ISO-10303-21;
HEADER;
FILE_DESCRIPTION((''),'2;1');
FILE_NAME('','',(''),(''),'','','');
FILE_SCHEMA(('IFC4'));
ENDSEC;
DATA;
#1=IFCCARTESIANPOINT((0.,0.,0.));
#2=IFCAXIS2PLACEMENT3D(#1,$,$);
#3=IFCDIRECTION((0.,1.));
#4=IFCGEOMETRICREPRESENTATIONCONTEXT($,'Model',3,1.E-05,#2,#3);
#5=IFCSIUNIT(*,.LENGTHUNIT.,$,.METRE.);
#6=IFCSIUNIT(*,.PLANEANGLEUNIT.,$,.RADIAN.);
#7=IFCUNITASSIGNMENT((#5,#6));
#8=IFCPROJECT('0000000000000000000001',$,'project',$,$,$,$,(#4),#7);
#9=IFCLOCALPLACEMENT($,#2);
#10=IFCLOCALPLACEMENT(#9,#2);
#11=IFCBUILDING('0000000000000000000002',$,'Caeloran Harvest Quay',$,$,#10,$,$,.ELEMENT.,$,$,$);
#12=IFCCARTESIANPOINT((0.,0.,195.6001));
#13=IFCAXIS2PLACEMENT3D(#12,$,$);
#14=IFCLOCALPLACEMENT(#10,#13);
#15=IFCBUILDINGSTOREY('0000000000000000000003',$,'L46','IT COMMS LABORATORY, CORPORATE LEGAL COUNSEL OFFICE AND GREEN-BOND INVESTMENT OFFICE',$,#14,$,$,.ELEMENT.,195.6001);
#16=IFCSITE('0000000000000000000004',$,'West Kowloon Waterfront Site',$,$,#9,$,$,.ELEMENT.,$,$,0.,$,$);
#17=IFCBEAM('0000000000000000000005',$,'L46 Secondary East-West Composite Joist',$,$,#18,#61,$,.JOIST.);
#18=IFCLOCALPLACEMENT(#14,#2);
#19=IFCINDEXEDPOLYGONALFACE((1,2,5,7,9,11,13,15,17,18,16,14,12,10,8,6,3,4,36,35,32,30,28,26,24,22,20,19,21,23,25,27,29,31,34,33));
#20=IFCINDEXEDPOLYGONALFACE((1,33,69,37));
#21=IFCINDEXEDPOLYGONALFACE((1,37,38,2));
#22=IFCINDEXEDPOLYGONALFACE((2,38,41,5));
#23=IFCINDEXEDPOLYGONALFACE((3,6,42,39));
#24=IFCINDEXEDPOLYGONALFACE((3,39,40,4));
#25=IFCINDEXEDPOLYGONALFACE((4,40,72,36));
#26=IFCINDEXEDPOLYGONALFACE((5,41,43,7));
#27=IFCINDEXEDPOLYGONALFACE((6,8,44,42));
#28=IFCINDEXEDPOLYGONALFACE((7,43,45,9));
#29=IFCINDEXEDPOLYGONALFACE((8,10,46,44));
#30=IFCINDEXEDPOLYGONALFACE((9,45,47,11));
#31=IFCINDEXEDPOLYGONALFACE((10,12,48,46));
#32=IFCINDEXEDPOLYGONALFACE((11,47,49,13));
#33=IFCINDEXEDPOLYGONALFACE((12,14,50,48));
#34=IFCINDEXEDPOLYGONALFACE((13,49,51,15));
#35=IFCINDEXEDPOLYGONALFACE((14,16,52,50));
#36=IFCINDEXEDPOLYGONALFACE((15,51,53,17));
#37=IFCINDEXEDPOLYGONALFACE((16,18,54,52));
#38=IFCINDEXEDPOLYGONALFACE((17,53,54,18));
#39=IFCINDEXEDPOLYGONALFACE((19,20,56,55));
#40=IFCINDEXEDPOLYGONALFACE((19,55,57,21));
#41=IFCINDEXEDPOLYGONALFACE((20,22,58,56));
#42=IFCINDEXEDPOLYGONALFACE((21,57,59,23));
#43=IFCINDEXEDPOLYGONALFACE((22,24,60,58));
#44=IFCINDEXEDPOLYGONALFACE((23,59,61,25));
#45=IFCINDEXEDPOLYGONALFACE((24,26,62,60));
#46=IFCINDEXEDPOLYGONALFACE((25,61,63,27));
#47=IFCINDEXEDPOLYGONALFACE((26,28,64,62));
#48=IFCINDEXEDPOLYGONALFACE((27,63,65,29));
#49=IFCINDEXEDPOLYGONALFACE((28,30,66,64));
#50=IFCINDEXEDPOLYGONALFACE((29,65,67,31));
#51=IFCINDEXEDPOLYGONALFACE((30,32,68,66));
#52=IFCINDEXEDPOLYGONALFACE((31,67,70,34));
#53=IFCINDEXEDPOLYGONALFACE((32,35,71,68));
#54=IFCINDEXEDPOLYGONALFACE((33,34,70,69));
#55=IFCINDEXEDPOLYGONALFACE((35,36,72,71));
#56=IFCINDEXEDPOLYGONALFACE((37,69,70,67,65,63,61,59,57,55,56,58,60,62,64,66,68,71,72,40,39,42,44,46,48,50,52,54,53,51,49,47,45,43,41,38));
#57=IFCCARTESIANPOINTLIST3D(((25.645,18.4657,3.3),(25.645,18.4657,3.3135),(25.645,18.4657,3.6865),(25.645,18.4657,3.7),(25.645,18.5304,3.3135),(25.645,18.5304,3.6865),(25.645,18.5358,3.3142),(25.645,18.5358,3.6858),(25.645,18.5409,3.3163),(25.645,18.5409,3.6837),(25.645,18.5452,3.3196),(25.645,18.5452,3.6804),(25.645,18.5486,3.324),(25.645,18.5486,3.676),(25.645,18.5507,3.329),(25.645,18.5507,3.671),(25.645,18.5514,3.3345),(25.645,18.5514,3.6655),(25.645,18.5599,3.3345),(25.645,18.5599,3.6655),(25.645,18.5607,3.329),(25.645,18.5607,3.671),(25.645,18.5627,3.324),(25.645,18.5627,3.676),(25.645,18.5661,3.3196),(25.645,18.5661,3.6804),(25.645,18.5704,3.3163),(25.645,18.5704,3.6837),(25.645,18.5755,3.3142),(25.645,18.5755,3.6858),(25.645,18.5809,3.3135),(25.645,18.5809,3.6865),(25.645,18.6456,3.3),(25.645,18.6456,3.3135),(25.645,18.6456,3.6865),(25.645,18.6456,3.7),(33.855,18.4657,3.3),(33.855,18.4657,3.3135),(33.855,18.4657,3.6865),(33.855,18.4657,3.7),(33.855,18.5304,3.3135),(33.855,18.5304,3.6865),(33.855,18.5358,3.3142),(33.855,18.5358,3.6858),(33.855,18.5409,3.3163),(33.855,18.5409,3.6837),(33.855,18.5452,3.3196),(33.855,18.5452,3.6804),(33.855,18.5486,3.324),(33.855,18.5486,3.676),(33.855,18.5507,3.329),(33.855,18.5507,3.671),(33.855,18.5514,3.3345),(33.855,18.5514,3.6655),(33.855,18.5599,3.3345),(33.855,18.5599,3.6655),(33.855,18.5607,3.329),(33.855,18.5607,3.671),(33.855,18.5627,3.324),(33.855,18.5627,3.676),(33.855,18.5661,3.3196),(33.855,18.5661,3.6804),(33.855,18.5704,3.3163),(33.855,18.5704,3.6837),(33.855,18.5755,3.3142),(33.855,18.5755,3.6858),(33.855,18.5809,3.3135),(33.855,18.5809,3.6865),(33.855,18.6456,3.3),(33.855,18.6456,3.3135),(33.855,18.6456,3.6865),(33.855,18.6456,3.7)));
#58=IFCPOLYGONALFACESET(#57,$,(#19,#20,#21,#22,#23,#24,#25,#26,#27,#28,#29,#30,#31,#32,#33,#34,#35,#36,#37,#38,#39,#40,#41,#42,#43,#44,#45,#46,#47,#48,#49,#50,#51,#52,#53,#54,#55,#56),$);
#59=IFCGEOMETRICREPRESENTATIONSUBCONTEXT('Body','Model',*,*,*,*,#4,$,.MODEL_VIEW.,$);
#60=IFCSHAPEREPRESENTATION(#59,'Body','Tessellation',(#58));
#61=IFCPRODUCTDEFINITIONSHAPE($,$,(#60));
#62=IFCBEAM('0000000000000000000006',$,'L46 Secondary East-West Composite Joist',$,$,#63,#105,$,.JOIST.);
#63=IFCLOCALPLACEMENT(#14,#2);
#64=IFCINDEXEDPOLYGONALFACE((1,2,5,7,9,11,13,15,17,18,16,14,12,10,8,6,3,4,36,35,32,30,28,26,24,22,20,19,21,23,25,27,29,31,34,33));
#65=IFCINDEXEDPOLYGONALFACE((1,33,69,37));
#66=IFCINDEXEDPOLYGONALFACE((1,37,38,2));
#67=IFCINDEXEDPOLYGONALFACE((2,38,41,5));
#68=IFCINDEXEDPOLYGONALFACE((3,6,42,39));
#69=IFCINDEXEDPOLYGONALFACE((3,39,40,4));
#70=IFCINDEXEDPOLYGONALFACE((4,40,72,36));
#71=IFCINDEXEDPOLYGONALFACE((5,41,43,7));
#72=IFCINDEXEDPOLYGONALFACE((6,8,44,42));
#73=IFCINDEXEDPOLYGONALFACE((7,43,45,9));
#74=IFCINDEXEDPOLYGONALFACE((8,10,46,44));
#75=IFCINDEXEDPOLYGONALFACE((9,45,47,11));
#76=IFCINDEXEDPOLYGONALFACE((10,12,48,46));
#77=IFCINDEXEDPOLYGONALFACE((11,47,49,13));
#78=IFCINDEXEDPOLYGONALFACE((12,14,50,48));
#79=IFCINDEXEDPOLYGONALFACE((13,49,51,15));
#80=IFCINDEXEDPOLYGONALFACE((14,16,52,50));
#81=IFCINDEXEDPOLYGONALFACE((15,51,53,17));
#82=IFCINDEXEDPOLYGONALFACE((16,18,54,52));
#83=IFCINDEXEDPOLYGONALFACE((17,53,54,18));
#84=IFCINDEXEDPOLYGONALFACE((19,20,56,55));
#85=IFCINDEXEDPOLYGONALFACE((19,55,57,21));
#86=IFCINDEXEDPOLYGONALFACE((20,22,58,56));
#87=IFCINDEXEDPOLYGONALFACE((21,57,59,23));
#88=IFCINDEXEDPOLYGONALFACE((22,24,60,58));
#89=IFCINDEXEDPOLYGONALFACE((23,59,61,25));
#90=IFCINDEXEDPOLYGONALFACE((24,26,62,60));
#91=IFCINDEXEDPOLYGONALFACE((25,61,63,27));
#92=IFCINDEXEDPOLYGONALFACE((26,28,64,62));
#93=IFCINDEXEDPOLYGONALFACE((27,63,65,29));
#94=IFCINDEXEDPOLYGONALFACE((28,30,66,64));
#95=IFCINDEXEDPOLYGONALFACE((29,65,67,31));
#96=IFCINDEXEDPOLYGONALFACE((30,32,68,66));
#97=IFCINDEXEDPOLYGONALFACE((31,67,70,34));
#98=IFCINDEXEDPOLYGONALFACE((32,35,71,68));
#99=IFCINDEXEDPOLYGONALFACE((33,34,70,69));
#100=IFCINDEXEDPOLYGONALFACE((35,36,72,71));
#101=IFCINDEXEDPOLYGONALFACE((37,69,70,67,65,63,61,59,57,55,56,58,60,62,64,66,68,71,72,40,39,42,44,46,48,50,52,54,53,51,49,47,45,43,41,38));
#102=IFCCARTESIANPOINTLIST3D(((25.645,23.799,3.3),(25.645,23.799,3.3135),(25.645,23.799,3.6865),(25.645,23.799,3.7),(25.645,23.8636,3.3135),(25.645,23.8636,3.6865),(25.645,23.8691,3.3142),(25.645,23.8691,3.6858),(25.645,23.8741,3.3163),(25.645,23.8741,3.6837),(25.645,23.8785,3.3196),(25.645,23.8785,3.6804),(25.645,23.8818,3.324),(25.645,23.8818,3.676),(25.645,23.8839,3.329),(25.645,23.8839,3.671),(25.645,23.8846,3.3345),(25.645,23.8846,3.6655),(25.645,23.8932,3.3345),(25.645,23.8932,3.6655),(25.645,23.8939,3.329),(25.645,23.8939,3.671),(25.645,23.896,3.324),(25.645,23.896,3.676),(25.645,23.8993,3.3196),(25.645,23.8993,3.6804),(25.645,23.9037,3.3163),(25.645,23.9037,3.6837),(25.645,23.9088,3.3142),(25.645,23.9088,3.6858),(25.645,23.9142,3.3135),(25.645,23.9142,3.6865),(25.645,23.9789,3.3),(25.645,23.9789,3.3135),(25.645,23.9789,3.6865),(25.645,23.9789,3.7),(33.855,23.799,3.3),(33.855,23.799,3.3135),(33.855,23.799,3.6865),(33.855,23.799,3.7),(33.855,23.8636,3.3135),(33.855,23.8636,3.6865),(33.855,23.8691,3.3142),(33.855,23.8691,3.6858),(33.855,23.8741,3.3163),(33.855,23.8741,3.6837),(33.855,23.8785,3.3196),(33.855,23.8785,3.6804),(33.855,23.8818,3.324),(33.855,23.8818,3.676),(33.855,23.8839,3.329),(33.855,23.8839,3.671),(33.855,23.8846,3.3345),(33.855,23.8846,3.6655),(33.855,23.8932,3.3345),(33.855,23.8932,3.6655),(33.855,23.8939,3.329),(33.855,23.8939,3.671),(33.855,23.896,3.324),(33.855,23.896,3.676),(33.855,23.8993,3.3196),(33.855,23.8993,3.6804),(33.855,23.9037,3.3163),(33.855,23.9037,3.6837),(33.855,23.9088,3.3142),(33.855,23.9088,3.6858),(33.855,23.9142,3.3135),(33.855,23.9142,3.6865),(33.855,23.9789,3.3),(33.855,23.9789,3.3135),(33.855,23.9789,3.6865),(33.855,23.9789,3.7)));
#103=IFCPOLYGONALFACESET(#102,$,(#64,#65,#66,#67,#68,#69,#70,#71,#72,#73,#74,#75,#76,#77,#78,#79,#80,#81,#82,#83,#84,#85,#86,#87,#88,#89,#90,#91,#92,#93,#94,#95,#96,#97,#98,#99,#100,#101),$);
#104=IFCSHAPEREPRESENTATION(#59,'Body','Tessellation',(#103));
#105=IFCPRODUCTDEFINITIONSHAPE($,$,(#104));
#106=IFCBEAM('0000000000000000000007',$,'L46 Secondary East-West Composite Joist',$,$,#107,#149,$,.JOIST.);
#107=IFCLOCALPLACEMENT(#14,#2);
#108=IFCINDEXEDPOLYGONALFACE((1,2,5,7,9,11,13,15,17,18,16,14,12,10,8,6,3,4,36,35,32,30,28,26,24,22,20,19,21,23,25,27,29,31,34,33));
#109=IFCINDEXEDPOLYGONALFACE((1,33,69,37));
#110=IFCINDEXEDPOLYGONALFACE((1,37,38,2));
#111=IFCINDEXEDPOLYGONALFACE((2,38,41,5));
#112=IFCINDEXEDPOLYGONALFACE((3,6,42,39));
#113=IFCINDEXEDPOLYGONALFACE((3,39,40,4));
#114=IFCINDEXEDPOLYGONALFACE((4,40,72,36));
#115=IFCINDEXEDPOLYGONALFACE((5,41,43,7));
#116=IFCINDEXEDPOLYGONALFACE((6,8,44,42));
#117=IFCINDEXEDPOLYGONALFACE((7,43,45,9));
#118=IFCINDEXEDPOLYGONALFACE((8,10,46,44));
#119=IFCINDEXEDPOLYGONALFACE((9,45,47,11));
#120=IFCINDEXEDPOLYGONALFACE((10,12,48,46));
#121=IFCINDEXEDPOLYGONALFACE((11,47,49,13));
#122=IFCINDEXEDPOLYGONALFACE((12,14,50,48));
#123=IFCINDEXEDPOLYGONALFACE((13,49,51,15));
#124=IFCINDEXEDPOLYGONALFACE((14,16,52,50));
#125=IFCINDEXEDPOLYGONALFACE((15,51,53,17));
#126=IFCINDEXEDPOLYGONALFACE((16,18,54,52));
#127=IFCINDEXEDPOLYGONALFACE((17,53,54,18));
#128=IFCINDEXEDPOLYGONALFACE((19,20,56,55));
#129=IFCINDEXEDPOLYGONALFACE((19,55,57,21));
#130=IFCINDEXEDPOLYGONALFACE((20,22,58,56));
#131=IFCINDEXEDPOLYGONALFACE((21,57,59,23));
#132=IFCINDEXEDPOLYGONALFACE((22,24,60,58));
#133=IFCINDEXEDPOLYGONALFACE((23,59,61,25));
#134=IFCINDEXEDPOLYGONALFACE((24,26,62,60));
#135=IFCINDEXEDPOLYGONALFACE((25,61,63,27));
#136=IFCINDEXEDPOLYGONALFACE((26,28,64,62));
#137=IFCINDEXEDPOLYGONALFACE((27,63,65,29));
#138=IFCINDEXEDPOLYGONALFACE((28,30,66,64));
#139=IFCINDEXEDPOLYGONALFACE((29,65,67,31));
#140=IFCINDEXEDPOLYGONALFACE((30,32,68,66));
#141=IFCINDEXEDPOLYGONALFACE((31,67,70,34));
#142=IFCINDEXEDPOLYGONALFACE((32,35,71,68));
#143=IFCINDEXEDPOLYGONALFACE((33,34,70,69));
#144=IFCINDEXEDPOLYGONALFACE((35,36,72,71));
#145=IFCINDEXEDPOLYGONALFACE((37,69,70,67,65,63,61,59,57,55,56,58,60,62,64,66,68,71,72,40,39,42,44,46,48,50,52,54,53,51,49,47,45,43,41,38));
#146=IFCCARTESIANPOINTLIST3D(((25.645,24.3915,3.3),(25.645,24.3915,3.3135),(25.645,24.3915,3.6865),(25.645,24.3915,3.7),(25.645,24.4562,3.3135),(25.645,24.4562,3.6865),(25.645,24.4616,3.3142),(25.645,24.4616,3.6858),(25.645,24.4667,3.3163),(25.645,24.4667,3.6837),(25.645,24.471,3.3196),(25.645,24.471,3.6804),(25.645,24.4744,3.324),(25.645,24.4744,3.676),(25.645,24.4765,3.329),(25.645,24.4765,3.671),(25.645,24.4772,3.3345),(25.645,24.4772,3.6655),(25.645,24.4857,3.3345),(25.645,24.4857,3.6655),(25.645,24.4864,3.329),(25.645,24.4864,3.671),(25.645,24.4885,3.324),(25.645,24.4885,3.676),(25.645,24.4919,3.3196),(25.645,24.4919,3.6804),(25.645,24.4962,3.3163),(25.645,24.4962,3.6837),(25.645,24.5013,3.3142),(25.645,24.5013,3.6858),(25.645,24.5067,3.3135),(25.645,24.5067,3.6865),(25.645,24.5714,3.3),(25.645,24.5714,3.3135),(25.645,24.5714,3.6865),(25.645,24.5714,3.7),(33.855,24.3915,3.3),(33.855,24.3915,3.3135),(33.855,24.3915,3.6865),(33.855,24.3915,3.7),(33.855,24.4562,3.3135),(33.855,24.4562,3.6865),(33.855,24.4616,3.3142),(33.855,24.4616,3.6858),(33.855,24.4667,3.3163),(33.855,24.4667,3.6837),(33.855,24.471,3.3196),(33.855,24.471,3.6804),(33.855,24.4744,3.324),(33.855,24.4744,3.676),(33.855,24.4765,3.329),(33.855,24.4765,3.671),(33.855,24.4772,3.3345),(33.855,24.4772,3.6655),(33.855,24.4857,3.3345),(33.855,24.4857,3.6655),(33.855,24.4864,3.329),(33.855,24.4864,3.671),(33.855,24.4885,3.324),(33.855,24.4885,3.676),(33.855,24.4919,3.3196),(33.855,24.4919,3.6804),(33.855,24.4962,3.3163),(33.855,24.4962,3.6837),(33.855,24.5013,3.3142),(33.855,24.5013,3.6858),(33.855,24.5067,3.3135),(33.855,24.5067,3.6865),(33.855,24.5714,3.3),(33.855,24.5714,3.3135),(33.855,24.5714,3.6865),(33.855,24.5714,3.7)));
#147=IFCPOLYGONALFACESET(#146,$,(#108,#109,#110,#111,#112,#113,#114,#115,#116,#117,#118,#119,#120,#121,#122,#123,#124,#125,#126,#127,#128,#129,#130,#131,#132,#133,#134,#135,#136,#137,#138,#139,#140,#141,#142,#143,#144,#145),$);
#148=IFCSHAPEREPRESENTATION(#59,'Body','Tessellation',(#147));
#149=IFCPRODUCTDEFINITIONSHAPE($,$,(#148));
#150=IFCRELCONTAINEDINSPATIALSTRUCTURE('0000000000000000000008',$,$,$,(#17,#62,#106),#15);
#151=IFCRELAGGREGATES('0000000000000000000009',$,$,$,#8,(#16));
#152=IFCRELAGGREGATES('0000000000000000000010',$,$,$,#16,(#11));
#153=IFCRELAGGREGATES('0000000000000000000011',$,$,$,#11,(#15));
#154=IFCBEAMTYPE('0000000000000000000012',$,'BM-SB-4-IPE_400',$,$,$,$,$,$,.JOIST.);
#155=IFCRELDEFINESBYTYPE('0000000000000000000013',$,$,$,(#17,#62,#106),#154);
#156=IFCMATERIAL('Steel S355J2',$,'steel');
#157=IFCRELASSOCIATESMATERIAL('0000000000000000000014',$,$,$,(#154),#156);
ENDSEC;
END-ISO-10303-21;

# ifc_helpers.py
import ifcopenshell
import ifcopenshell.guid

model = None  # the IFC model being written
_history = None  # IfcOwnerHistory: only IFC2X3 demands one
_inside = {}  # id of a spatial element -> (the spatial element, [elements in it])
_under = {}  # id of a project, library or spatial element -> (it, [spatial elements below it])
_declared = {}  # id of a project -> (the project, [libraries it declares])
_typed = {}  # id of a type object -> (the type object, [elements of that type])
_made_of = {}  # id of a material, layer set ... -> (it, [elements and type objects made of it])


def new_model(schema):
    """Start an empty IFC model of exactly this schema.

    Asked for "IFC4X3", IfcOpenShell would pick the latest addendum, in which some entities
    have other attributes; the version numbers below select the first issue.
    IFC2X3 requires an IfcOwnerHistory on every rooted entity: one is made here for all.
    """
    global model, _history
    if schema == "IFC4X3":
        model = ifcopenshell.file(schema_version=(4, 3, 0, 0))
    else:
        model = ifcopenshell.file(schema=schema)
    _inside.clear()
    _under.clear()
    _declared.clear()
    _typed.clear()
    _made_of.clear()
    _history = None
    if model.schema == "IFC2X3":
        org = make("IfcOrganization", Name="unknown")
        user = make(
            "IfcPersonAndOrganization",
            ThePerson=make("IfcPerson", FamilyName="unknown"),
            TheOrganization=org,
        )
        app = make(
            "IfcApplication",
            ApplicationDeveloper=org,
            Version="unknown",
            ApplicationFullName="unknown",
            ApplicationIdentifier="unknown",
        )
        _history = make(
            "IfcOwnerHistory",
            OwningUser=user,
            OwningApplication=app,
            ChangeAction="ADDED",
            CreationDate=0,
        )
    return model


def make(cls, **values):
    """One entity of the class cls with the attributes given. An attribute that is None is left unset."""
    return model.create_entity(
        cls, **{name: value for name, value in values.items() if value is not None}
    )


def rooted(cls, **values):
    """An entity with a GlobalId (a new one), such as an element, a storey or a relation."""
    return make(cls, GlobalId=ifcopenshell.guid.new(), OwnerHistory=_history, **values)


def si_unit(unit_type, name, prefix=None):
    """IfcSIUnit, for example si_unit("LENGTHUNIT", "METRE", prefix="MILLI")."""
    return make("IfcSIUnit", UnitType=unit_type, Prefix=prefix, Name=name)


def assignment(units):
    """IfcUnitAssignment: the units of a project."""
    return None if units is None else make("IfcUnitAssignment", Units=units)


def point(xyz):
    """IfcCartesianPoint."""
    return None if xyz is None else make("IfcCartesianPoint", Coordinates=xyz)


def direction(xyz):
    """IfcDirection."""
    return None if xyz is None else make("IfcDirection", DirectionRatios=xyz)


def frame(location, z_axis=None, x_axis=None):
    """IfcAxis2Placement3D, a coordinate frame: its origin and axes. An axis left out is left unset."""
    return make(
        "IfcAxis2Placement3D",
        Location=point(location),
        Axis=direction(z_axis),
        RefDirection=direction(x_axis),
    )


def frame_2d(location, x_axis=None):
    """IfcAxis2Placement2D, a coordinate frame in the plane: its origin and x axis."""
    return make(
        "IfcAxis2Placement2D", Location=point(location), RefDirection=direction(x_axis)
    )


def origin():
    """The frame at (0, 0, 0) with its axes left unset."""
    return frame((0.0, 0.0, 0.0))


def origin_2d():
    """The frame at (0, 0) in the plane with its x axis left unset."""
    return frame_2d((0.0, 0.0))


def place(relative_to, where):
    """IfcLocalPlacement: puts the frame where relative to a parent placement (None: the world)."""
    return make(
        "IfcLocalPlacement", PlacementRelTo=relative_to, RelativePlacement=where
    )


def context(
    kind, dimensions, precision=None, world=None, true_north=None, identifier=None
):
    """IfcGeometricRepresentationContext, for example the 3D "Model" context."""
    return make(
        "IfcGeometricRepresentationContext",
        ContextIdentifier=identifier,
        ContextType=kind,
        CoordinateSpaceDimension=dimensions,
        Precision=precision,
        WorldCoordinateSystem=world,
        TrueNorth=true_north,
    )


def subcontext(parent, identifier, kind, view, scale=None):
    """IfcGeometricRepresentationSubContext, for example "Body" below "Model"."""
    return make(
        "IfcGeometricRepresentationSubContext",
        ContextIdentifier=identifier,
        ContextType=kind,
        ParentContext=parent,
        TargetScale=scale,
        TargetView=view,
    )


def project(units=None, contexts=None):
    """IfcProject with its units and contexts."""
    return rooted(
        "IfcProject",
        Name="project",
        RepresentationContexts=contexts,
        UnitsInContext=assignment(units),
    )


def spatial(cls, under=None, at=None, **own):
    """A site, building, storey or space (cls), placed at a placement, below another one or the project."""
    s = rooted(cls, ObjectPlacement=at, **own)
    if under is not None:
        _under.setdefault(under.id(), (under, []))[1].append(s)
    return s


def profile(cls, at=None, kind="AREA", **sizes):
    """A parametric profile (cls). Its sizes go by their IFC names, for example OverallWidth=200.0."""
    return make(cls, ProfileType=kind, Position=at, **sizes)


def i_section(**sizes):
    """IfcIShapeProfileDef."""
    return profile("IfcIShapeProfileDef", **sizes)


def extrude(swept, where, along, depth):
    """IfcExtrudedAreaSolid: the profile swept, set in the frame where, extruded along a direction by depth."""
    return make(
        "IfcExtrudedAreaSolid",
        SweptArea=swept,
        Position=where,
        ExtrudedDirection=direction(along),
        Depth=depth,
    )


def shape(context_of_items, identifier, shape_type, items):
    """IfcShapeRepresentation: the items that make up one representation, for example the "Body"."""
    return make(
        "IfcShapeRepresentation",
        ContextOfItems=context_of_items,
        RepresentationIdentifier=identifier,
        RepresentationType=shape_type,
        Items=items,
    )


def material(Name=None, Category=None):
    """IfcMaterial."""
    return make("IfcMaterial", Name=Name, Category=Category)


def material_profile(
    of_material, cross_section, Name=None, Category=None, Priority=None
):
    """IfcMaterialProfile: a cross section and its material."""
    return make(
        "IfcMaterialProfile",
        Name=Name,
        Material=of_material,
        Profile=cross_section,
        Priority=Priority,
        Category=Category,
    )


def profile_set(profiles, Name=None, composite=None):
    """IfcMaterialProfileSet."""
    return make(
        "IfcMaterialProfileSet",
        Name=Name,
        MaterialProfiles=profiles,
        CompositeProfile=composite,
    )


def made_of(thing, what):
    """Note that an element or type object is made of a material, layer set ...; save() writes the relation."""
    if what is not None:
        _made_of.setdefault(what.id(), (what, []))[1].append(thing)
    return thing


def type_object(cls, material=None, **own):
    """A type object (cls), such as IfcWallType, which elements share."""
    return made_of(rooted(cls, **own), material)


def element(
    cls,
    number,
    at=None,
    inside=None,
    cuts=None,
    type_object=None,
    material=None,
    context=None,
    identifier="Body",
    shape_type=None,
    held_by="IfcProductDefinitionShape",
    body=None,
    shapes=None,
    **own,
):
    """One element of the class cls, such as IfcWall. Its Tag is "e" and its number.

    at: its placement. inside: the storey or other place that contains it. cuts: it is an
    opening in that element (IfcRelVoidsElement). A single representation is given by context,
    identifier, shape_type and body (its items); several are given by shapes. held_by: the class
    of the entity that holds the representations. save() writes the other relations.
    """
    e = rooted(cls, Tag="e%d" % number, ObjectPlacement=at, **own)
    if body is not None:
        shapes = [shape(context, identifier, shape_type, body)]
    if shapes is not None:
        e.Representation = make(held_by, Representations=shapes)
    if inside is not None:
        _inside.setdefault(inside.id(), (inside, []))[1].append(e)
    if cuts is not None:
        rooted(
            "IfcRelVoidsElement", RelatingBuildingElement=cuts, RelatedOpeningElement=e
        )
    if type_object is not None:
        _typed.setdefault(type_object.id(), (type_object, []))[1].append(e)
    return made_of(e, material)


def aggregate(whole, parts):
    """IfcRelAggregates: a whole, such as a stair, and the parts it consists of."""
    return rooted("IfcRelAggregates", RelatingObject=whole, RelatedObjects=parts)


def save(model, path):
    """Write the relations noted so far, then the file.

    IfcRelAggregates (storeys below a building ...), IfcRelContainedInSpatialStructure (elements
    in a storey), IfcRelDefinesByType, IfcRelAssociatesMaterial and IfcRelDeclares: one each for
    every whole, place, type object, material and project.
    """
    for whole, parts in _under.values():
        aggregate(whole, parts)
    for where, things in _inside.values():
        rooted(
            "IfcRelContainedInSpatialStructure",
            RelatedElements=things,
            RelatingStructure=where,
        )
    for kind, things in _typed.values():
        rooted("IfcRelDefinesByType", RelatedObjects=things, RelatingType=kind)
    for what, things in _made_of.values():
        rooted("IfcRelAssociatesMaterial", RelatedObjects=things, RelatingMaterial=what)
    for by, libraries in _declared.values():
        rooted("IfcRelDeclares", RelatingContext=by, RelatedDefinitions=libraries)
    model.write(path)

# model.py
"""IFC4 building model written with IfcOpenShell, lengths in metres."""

from ifc_helpers import new_model, si_unit, direction, frame, origin, origin_2d, place, context, subcontext, project, spatial, i_section, extrude, material, material_profile, profile_set, type_object, element, save


model = new_model("IFC4")

# Units and contexts
model_context = context("Model", 3, precision=1e-05, world=origin(), true_north=direction((0.0, 1.0)))
body_context = subcontext(model_context, "Body", "Model", "MODEL_VIEW")
ifc_project = project(units=[si_unit("LENGTHUNIT", "METRE"), si_unit("PLANEANGLEUNIT", "RADIAN")], contexts=[model_context])

# Site, building, storey
site_placement = place(None, origin())
site = spatial("IfcSite", under=ifc_project, at=site_placement, Name="West Kowloon Waterfront Site", CompositionType="ELEMENT", RefElevation=0.0)
building_placement = place(site_placement, origin())
building = spatial("IfcBuilding", under=site, at=building_placement, Name="Caeloran Harvest Quay", CompositionType="ELEMENT")
storey_placement = place(building_placement, frame((0.0, 0.0, 195.6001)))
storey = spatial("IfcBuildingStorey", under=building, at=storey_placement, Name="L46", Description="IT COMMS LABORATORY, CORPORATE LEGAL COUNSEL OFFICE AND GREEN-BOND INVESTMENT OFFICE", CompositionType="ELEMENT", Elevation=195.6001)

# Beams
ifc_material_1 = material(Name="Steel S355J2", Category="steel")
ifc_material_profile_1 = material_profile(ifc_material_1, i_section(OverallWidth=0.1799, OverallDepth=0.3999, WebThickness=0.0085, FlangeThickness=0.0134, FilletRadius=0.021, at=origin_2d()), Name="IPE 400")
ifc_profile_set_1 = profile_set([ifc_material_profile_1], Name="Steel S355J2")
beam_type_1 = type_object("IfcBeamType", Name="BM-SB-4-IPE_400", PredefinedType="JOIST", material=ifc_profile_set_1)
for number, where, z_axis, x_axis, name in (
    (1, (25.645, 18.5557, 3.5), (1.0, 0.0, 0.0), (0.0, 1.0, 0.0), "L46 Secondary East-West Composite Joist"),
    (2, (25.645, 23.8889, 3.5), (1.0, 0.0, 0.0), (0.0, 1.0, 0.0), "L46 Secondary East-West Composite Joist"),
    (3, (25.645, 24.4814, 3.5), (1.0, 0.0, 0.0), (0.0, 1.0, 0.0), "L46 Secondary East-West Composite Joist"),
):
    element("IfcBeam", number, at=place(storey_placement, frame(where, z_axis=z_axis, x_axis=x_axis)), inside=storey, type_object=beam_type_1, Name=name, PredefinedType="JOIST", context=body_context, shape_type="SweptSolid", body=[
        extrude(i_section(OverallWidth=0.1799, OverallDepth=0.3999, WebThickness=0.0085, FlangeThickness=0.0134, FilletRadius=0.021, at=origin_2d()), origin(), (0.0, 0.0, 1.0), 8.21),
    ])

save(model, "model.ifc")
